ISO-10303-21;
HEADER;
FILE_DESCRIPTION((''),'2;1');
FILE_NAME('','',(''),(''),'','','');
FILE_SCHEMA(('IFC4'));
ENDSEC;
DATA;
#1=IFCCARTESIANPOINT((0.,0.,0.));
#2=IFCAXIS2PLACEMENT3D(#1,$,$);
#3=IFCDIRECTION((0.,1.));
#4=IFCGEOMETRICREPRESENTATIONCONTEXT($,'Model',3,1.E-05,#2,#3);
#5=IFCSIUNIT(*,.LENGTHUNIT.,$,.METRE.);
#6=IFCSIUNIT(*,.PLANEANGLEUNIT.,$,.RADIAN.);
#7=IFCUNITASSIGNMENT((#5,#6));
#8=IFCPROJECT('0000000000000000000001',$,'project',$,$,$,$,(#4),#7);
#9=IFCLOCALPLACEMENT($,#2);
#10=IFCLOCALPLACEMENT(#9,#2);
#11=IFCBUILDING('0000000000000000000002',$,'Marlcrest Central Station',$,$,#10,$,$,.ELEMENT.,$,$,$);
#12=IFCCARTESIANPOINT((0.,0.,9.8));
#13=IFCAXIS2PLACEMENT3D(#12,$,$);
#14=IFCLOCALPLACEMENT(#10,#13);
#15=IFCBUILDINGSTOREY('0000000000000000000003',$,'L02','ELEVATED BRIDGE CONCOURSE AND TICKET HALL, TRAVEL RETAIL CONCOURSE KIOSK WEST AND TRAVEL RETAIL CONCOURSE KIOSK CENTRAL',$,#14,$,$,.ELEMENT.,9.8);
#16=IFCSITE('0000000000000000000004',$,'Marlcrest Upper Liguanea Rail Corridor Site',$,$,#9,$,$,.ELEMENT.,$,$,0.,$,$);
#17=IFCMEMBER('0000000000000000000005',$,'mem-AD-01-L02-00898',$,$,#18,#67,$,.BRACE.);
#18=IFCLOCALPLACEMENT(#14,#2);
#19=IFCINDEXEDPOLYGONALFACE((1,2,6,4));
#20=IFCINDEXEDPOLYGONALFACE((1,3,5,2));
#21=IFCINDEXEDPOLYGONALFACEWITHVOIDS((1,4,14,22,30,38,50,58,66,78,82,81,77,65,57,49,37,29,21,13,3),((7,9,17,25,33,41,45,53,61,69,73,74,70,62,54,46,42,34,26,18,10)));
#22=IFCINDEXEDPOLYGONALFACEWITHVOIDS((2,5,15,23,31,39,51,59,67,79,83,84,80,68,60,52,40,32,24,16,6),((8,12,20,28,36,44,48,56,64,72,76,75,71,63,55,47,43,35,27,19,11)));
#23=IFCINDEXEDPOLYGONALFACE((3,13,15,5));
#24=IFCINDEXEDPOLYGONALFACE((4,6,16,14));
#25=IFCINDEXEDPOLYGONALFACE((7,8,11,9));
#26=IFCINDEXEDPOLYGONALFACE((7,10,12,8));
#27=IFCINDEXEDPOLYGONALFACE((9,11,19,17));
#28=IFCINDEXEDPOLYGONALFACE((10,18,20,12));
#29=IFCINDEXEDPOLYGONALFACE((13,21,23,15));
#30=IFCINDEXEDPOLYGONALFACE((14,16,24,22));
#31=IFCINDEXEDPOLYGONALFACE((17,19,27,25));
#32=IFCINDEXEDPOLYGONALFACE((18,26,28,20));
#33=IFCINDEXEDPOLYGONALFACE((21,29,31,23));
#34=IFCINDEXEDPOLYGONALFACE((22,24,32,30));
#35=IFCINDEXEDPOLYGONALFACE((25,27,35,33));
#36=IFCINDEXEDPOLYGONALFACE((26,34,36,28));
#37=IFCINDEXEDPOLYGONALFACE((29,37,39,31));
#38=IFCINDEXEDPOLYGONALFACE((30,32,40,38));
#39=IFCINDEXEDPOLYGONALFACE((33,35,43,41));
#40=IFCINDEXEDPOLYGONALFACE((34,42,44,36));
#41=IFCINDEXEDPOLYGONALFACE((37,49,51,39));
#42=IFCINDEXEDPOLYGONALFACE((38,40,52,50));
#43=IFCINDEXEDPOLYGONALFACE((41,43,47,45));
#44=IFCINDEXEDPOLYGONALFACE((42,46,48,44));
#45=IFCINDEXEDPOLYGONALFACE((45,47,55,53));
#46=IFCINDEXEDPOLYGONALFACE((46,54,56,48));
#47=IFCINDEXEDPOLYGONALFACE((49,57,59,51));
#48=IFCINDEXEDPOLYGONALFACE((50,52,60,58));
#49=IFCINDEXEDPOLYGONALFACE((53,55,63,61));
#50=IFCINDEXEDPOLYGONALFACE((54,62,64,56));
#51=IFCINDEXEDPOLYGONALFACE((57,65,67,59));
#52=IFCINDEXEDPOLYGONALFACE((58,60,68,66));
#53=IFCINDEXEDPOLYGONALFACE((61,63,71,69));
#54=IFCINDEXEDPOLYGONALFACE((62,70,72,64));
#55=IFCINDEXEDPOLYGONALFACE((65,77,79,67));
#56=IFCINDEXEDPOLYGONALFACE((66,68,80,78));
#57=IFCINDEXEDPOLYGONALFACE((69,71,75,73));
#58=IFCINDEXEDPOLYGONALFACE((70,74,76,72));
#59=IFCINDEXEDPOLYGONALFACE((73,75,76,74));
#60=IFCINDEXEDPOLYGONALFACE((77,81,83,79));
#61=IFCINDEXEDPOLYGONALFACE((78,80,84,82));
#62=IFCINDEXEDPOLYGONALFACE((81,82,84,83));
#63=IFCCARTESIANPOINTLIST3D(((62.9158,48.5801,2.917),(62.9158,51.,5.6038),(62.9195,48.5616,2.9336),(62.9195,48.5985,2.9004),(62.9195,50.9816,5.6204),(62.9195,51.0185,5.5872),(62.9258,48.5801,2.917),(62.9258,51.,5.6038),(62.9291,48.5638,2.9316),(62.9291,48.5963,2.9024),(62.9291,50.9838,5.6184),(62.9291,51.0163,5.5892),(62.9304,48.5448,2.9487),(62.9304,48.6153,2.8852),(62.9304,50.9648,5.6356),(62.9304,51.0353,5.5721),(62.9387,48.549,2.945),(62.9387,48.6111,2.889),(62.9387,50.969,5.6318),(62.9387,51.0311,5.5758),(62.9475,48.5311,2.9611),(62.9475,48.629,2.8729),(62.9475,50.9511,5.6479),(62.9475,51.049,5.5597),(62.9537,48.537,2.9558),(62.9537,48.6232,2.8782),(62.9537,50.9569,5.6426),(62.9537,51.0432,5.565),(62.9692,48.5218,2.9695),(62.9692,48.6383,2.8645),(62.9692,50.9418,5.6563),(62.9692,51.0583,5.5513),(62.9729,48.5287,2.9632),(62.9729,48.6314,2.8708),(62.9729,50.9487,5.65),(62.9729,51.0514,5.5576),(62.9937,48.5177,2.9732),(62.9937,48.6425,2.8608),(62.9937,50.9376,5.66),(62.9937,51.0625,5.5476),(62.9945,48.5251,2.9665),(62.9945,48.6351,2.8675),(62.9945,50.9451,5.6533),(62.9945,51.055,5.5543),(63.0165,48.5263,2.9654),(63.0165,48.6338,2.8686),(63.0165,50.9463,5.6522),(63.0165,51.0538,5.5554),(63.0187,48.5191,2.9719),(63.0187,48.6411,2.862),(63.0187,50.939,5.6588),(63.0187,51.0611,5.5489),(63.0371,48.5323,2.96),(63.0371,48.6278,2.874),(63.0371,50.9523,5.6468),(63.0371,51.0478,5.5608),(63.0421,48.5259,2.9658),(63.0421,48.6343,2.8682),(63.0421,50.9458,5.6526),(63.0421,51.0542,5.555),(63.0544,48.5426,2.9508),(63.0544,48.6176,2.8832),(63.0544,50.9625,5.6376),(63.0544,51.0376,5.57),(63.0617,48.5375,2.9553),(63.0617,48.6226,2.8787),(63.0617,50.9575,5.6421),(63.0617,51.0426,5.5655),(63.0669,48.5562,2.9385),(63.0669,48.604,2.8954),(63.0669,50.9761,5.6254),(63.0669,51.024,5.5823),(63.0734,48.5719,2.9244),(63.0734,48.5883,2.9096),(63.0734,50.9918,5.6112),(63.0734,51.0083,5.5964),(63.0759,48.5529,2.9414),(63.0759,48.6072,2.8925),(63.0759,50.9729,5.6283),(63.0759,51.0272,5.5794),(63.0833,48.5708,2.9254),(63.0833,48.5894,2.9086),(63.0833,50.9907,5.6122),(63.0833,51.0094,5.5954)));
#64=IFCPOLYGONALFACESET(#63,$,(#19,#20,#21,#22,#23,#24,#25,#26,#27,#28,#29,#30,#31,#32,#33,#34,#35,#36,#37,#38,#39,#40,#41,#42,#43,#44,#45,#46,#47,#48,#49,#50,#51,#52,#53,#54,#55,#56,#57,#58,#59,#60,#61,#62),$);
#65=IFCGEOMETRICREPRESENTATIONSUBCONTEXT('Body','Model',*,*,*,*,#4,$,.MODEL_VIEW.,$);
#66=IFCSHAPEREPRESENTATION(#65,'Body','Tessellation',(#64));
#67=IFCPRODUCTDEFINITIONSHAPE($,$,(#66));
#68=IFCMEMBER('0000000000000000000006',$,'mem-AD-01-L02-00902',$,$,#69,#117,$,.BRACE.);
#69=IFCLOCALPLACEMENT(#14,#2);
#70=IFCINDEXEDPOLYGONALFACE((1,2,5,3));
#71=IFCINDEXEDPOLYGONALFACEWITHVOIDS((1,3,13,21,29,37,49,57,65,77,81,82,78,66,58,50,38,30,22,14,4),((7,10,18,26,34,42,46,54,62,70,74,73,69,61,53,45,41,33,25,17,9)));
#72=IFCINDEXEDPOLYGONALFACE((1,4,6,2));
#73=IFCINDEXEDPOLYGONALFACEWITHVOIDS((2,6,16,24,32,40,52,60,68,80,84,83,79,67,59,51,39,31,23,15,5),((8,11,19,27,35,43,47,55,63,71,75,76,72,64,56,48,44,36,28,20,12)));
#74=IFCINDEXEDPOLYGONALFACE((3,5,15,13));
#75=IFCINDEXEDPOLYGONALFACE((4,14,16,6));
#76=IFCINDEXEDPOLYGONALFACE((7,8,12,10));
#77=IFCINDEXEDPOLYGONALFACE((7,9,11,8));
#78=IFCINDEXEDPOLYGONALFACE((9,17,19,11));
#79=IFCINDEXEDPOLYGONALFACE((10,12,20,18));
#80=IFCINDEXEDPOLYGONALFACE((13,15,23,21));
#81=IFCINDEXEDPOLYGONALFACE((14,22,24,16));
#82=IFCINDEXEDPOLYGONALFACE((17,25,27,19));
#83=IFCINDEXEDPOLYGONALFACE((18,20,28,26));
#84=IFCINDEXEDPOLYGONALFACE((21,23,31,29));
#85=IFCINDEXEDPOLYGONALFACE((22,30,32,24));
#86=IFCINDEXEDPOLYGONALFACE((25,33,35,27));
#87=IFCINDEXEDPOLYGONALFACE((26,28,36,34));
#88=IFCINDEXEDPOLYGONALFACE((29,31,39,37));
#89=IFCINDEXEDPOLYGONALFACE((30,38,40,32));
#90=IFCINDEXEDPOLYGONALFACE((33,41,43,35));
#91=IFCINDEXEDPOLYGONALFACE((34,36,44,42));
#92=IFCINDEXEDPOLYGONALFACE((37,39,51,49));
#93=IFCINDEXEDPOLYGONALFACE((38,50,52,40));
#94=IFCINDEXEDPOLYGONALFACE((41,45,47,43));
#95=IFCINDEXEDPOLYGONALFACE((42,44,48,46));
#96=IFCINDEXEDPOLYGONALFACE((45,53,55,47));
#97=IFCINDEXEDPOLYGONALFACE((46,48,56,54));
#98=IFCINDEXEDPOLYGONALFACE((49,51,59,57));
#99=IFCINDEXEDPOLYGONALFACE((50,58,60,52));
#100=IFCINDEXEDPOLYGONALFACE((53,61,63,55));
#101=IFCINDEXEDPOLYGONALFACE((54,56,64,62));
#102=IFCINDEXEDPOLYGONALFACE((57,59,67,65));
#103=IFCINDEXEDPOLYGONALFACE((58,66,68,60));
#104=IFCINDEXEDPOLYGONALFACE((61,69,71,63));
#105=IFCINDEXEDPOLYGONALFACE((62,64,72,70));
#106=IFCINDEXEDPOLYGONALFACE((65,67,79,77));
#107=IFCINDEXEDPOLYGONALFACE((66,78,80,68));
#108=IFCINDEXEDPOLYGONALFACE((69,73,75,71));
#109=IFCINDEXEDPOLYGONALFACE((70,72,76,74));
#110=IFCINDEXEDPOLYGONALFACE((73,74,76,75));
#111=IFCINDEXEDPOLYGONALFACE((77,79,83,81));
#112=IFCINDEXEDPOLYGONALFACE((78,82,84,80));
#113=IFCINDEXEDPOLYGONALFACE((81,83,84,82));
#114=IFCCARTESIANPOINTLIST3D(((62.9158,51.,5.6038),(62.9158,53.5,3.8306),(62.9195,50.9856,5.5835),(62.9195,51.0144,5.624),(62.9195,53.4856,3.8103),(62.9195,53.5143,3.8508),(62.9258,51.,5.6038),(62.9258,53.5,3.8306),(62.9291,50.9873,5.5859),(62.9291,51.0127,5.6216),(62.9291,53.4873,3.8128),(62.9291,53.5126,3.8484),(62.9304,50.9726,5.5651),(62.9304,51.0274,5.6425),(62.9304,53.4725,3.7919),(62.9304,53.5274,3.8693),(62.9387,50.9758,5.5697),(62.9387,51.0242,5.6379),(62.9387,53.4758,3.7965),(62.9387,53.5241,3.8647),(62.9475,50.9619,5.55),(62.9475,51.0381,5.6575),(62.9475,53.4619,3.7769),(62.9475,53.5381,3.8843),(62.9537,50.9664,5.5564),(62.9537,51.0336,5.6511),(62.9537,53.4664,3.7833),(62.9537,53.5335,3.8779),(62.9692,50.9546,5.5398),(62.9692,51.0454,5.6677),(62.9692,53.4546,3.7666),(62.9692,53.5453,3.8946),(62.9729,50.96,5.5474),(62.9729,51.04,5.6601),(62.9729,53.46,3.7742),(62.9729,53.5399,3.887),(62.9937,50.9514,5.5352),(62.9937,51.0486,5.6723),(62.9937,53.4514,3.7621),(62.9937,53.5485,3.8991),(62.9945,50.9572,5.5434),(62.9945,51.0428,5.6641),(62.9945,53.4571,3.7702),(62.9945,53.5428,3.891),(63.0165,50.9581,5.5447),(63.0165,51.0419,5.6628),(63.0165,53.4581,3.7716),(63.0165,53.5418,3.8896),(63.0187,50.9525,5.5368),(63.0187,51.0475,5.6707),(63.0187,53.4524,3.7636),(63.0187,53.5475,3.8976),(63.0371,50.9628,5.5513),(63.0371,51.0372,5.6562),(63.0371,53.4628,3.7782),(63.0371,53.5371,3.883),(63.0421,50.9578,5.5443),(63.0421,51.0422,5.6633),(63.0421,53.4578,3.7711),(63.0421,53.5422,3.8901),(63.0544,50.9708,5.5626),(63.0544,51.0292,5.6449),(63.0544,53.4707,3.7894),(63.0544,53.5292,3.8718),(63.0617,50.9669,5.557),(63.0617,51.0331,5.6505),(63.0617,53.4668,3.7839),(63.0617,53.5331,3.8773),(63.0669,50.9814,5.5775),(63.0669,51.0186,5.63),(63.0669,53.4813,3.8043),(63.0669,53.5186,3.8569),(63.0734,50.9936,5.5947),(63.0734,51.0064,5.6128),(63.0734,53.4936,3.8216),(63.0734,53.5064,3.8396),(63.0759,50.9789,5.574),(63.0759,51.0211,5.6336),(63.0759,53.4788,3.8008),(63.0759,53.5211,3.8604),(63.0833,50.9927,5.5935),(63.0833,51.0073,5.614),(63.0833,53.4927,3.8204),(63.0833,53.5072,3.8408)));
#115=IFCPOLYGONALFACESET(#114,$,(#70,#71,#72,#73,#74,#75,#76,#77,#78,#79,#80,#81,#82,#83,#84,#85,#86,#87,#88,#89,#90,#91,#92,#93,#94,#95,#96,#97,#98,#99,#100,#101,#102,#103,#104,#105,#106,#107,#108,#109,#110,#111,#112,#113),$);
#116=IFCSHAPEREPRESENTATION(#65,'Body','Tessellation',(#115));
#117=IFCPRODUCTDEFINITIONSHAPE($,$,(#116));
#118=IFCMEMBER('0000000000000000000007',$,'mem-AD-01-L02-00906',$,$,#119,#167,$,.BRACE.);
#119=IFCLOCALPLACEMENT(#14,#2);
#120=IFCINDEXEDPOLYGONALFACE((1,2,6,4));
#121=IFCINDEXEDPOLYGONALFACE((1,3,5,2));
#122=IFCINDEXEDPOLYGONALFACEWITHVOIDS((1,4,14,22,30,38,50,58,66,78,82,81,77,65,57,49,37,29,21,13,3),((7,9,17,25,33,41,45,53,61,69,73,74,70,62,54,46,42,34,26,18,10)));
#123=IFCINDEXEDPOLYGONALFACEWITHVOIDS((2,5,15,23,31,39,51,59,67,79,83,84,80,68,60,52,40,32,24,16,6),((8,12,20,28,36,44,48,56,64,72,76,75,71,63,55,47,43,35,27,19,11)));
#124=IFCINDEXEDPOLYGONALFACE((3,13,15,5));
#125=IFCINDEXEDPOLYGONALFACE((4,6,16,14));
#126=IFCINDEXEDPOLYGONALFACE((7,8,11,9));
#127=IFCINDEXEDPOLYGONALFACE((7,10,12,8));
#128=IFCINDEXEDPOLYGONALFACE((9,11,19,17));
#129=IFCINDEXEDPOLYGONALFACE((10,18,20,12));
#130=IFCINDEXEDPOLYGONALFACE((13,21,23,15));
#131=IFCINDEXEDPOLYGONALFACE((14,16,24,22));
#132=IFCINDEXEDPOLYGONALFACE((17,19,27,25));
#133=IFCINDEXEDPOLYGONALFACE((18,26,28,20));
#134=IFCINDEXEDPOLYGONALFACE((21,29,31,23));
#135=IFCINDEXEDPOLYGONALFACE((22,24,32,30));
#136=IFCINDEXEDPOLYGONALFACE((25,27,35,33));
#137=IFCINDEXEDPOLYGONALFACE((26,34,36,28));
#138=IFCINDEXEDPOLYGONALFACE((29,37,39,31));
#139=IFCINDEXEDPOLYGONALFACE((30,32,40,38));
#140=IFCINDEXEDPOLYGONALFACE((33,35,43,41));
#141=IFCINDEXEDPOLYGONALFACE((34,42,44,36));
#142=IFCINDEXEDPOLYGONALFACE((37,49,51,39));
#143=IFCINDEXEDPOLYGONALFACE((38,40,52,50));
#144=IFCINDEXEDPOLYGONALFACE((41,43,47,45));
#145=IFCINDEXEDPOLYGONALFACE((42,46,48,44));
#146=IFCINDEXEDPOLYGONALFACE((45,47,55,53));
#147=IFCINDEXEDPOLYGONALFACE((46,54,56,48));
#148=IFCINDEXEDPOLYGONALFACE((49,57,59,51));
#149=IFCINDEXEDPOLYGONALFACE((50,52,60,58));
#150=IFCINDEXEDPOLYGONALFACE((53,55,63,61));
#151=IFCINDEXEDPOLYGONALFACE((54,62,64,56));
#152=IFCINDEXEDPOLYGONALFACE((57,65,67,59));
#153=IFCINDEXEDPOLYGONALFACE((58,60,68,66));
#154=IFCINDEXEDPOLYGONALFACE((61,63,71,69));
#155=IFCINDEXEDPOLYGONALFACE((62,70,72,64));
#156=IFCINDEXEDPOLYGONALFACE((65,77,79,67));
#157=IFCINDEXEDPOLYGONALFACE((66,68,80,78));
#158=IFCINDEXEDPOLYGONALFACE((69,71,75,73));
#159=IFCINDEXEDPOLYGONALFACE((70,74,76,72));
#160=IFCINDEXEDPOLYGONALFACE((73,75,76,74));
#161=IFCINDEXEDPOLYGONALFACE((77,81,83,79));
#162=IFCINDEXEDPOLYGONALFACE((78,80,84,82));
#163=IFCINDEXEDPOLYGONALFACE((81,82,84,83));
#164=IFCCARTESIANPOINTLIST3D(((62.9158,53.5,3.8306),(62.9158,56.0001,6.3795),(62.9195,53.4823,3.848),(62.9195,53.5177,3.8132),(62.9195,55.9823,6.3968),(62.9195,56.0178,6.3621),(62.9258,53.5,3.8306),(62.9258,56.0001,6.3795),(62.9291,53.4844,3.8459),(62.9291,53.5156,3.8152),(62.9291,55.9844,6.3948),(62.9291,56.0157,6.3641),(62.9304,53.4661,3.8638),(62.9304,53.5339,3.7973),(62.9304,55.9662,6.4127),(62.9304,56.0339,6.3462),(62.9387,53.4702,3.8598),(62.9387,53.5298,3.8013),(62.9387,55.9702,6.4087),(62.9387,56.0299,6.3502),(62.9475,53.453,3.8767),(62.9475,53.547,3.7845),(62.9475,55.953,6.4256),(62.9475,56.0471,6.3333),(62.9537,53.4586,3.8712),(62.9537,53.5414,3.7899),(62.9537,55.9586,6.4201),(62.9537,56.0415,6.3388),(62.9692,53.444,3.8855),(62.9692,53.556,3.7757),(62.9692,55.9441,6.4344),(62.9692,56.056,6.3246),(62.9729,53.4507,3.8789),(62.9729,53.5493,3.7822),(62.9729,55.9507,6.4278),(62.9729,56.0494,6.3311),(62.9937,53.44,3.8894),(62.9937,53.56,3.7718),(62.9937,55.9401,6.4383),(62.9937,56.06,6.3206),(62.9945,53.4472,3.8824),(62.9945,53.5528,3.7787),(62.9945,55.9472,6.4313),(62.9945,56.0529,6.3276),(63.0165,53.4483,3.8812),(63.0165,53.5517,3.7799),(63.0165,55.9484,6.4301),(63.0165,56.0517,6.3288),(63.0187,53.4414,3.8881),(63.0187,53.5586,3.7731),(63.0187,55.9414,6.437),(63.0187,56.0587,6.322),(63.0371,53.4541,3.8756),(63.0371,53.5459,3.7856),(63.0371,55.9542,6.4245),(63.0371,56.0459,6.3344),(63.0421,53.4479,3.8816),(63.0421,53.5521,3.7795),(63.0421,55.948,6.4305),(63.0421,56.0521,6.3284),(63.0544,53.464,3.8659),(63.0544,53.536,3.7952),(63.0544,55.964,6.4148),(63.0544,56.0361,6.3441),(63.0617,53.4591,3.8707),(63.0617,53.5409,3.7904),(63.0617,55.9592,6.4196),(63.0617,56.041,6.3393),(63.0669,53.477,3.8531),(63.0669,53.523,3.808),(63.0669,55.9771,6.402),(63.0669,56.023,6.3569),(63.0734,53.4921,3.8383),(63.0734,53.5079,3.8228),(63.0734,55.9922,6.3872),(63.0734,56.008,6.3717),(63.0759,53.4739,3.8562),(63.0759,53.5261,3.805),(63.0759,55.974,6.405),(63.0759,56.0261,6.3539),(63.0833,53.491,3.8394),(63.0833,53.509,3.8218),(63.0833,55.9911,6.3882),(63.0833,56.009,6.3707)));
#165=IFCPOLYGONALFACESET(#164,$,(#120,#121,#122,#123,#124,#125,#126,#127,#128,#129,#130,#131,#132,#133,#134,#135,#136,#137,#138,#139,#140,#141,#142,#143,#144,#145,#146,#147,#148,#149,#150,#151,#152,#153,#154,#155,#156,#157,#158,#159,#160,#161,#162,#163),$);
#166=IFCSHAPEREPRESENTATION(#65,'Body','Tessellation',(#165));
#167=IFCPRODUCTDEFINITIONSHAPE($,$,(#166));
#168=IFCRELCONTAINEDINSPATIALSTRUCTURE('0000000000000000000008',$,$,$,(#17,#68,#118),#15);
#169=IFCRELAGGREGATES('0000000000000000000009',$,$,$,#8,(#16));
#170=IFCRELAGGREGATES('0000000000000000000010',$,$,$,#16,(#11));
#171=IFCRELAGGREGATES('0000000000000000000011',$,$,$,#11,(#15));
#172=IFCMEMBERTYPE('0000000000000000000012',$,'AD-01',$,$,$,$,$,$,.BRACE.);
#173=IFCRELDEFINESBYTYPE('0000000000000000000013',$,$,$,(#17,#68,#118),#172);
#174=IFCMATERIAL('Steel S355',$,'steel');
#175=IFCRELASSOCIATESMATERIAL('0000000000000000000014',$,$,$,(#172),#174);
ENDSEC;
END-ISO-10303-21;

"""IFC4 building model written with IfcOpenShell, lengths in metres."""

from ifc_helpers import new_model, si_unit, direction, frame, origin, origin_2d, place, context, subcontext, project, spatial, hollow_circle, extrude, material, material_profile, profile_set, type_object, element, save


model = new_model("IFC4")

# Units and contexts
model_context = context("Model", 3, precision=1e-05, world=origin(), true_north=direction((0.0, 1.0)))
body_context = subcontext(model_context, "Body", "Model", "MODEL_VIEW")
ifc_project = project(units=[si_unit("LENGTHUNIT", "METRE"), si_unit("PLANEANGLEUNIT", "RADIAN")], contexts=[model_context])

# Site, building, storey
site_placement = place(None, origin())
site = spatial("IfcSite", under=ifc_project, at=site_placement, Name="Marlcrest Upper Liguanea Rail Corridor Site", CompositionType="ELEMENT", RefElevation=0.0)
building_placement = place(site_placement, origin())
building = spatial("IfcBuilding", under=site, at=building_placement, Name="Marlcrest Central Station", CompositionType="ELEMENT")
storey_placement = place(building_placement, frame((0.0, 0.0, 9.8)))
storey = spatial("IfcBuildingStorey", under=building, at=storey_placement, Name="L02", Description="ELEVATED BRIDGE CONCOURSE AND TICKET HALL, TRAVEL RETAIL CONCOURSE KIOSK WEST AND TRAVEL RETAIL CONCOURSE KIOSK CENTRAL", CompositionType="ELEMENT", Elevation=9.8)

# Members
ifc_material = material(Name="Steel S355", Category="steel")
ifc_material_profile_1 = material_profile(ifc_material, hollow_circle(Radius=0.0842, WallThickness=0.01, at=origin_2d()), Name="CHS 168.3x10")
ifc_profile_set_1 = profile_set([ifc_material_profile_1], Name="Steel S355")
member_type_1 = type_object("IfcMemberType", Name="AD-01", PredefinedType="BRACE", material=ifc_profile_set_1)
member_1_placement = place(storey_placement, frame((63.0, 48.5801, 2.917), z_axis=(0.0, 0.669244, 0.743042), x_axis=(-1.0, 0.0, 0.0)))
element("IfcMember", 1, at=member_1_placement, inside=storey, type_object=member_type_1, Name="mem-AD-01-L02-00898", PredefinedType="BRACE", context=body_context, shape_type="SweptSolid", body=[
    extrude(hollow_circle(Radius=0.0842, WallThickness=0.01, at=origin_2d()), origin(), (0.0, 0.0, 1.0), 3.616),
])
member_2_placement = place(storey_placement, frame((63.0, 51.0, 5.6038), z_axis=(0.0, 0.815661, -0.57853), x_axis=(-1.0, 0.0, 0.0)))
element("IfcMember", 2, at=member_2_placement, inside=storey, type_object=member_type_1, Name="mem-AD-01-L02-00902", PredefinedType="BRACE", context=body_context, shape_type="SweptSolid", body=[
    extrude(hollow_circle(Radius=0.0842, WallThickness=0.01, at=origin_2d()), origin(), (0.0, 0.0, 1.0), 3.0649),
])
member_3_placement = place(storey_placement, frame((63.0, 53.5, 3.8306), z_axis=(0.0, 0.700235, 0.713912), x_axis=(-1.0, 0.0, 0.0)))
element("IfcMember", 3, at=member_3_placement, inside=storey, type_object=member_type_1, Name="mem-AD-01-L02-00906", PredefinedType="BRACE", context=body_context, shape_type="SweptSolid", body=[
    extrude(hollow_circle(Radius=0.0842, WallThickness=0.01, at=origin_2d()), origin(), (0.0, 0.0, 1.0), 3.5703),
])

save(model, "model.ifc")
